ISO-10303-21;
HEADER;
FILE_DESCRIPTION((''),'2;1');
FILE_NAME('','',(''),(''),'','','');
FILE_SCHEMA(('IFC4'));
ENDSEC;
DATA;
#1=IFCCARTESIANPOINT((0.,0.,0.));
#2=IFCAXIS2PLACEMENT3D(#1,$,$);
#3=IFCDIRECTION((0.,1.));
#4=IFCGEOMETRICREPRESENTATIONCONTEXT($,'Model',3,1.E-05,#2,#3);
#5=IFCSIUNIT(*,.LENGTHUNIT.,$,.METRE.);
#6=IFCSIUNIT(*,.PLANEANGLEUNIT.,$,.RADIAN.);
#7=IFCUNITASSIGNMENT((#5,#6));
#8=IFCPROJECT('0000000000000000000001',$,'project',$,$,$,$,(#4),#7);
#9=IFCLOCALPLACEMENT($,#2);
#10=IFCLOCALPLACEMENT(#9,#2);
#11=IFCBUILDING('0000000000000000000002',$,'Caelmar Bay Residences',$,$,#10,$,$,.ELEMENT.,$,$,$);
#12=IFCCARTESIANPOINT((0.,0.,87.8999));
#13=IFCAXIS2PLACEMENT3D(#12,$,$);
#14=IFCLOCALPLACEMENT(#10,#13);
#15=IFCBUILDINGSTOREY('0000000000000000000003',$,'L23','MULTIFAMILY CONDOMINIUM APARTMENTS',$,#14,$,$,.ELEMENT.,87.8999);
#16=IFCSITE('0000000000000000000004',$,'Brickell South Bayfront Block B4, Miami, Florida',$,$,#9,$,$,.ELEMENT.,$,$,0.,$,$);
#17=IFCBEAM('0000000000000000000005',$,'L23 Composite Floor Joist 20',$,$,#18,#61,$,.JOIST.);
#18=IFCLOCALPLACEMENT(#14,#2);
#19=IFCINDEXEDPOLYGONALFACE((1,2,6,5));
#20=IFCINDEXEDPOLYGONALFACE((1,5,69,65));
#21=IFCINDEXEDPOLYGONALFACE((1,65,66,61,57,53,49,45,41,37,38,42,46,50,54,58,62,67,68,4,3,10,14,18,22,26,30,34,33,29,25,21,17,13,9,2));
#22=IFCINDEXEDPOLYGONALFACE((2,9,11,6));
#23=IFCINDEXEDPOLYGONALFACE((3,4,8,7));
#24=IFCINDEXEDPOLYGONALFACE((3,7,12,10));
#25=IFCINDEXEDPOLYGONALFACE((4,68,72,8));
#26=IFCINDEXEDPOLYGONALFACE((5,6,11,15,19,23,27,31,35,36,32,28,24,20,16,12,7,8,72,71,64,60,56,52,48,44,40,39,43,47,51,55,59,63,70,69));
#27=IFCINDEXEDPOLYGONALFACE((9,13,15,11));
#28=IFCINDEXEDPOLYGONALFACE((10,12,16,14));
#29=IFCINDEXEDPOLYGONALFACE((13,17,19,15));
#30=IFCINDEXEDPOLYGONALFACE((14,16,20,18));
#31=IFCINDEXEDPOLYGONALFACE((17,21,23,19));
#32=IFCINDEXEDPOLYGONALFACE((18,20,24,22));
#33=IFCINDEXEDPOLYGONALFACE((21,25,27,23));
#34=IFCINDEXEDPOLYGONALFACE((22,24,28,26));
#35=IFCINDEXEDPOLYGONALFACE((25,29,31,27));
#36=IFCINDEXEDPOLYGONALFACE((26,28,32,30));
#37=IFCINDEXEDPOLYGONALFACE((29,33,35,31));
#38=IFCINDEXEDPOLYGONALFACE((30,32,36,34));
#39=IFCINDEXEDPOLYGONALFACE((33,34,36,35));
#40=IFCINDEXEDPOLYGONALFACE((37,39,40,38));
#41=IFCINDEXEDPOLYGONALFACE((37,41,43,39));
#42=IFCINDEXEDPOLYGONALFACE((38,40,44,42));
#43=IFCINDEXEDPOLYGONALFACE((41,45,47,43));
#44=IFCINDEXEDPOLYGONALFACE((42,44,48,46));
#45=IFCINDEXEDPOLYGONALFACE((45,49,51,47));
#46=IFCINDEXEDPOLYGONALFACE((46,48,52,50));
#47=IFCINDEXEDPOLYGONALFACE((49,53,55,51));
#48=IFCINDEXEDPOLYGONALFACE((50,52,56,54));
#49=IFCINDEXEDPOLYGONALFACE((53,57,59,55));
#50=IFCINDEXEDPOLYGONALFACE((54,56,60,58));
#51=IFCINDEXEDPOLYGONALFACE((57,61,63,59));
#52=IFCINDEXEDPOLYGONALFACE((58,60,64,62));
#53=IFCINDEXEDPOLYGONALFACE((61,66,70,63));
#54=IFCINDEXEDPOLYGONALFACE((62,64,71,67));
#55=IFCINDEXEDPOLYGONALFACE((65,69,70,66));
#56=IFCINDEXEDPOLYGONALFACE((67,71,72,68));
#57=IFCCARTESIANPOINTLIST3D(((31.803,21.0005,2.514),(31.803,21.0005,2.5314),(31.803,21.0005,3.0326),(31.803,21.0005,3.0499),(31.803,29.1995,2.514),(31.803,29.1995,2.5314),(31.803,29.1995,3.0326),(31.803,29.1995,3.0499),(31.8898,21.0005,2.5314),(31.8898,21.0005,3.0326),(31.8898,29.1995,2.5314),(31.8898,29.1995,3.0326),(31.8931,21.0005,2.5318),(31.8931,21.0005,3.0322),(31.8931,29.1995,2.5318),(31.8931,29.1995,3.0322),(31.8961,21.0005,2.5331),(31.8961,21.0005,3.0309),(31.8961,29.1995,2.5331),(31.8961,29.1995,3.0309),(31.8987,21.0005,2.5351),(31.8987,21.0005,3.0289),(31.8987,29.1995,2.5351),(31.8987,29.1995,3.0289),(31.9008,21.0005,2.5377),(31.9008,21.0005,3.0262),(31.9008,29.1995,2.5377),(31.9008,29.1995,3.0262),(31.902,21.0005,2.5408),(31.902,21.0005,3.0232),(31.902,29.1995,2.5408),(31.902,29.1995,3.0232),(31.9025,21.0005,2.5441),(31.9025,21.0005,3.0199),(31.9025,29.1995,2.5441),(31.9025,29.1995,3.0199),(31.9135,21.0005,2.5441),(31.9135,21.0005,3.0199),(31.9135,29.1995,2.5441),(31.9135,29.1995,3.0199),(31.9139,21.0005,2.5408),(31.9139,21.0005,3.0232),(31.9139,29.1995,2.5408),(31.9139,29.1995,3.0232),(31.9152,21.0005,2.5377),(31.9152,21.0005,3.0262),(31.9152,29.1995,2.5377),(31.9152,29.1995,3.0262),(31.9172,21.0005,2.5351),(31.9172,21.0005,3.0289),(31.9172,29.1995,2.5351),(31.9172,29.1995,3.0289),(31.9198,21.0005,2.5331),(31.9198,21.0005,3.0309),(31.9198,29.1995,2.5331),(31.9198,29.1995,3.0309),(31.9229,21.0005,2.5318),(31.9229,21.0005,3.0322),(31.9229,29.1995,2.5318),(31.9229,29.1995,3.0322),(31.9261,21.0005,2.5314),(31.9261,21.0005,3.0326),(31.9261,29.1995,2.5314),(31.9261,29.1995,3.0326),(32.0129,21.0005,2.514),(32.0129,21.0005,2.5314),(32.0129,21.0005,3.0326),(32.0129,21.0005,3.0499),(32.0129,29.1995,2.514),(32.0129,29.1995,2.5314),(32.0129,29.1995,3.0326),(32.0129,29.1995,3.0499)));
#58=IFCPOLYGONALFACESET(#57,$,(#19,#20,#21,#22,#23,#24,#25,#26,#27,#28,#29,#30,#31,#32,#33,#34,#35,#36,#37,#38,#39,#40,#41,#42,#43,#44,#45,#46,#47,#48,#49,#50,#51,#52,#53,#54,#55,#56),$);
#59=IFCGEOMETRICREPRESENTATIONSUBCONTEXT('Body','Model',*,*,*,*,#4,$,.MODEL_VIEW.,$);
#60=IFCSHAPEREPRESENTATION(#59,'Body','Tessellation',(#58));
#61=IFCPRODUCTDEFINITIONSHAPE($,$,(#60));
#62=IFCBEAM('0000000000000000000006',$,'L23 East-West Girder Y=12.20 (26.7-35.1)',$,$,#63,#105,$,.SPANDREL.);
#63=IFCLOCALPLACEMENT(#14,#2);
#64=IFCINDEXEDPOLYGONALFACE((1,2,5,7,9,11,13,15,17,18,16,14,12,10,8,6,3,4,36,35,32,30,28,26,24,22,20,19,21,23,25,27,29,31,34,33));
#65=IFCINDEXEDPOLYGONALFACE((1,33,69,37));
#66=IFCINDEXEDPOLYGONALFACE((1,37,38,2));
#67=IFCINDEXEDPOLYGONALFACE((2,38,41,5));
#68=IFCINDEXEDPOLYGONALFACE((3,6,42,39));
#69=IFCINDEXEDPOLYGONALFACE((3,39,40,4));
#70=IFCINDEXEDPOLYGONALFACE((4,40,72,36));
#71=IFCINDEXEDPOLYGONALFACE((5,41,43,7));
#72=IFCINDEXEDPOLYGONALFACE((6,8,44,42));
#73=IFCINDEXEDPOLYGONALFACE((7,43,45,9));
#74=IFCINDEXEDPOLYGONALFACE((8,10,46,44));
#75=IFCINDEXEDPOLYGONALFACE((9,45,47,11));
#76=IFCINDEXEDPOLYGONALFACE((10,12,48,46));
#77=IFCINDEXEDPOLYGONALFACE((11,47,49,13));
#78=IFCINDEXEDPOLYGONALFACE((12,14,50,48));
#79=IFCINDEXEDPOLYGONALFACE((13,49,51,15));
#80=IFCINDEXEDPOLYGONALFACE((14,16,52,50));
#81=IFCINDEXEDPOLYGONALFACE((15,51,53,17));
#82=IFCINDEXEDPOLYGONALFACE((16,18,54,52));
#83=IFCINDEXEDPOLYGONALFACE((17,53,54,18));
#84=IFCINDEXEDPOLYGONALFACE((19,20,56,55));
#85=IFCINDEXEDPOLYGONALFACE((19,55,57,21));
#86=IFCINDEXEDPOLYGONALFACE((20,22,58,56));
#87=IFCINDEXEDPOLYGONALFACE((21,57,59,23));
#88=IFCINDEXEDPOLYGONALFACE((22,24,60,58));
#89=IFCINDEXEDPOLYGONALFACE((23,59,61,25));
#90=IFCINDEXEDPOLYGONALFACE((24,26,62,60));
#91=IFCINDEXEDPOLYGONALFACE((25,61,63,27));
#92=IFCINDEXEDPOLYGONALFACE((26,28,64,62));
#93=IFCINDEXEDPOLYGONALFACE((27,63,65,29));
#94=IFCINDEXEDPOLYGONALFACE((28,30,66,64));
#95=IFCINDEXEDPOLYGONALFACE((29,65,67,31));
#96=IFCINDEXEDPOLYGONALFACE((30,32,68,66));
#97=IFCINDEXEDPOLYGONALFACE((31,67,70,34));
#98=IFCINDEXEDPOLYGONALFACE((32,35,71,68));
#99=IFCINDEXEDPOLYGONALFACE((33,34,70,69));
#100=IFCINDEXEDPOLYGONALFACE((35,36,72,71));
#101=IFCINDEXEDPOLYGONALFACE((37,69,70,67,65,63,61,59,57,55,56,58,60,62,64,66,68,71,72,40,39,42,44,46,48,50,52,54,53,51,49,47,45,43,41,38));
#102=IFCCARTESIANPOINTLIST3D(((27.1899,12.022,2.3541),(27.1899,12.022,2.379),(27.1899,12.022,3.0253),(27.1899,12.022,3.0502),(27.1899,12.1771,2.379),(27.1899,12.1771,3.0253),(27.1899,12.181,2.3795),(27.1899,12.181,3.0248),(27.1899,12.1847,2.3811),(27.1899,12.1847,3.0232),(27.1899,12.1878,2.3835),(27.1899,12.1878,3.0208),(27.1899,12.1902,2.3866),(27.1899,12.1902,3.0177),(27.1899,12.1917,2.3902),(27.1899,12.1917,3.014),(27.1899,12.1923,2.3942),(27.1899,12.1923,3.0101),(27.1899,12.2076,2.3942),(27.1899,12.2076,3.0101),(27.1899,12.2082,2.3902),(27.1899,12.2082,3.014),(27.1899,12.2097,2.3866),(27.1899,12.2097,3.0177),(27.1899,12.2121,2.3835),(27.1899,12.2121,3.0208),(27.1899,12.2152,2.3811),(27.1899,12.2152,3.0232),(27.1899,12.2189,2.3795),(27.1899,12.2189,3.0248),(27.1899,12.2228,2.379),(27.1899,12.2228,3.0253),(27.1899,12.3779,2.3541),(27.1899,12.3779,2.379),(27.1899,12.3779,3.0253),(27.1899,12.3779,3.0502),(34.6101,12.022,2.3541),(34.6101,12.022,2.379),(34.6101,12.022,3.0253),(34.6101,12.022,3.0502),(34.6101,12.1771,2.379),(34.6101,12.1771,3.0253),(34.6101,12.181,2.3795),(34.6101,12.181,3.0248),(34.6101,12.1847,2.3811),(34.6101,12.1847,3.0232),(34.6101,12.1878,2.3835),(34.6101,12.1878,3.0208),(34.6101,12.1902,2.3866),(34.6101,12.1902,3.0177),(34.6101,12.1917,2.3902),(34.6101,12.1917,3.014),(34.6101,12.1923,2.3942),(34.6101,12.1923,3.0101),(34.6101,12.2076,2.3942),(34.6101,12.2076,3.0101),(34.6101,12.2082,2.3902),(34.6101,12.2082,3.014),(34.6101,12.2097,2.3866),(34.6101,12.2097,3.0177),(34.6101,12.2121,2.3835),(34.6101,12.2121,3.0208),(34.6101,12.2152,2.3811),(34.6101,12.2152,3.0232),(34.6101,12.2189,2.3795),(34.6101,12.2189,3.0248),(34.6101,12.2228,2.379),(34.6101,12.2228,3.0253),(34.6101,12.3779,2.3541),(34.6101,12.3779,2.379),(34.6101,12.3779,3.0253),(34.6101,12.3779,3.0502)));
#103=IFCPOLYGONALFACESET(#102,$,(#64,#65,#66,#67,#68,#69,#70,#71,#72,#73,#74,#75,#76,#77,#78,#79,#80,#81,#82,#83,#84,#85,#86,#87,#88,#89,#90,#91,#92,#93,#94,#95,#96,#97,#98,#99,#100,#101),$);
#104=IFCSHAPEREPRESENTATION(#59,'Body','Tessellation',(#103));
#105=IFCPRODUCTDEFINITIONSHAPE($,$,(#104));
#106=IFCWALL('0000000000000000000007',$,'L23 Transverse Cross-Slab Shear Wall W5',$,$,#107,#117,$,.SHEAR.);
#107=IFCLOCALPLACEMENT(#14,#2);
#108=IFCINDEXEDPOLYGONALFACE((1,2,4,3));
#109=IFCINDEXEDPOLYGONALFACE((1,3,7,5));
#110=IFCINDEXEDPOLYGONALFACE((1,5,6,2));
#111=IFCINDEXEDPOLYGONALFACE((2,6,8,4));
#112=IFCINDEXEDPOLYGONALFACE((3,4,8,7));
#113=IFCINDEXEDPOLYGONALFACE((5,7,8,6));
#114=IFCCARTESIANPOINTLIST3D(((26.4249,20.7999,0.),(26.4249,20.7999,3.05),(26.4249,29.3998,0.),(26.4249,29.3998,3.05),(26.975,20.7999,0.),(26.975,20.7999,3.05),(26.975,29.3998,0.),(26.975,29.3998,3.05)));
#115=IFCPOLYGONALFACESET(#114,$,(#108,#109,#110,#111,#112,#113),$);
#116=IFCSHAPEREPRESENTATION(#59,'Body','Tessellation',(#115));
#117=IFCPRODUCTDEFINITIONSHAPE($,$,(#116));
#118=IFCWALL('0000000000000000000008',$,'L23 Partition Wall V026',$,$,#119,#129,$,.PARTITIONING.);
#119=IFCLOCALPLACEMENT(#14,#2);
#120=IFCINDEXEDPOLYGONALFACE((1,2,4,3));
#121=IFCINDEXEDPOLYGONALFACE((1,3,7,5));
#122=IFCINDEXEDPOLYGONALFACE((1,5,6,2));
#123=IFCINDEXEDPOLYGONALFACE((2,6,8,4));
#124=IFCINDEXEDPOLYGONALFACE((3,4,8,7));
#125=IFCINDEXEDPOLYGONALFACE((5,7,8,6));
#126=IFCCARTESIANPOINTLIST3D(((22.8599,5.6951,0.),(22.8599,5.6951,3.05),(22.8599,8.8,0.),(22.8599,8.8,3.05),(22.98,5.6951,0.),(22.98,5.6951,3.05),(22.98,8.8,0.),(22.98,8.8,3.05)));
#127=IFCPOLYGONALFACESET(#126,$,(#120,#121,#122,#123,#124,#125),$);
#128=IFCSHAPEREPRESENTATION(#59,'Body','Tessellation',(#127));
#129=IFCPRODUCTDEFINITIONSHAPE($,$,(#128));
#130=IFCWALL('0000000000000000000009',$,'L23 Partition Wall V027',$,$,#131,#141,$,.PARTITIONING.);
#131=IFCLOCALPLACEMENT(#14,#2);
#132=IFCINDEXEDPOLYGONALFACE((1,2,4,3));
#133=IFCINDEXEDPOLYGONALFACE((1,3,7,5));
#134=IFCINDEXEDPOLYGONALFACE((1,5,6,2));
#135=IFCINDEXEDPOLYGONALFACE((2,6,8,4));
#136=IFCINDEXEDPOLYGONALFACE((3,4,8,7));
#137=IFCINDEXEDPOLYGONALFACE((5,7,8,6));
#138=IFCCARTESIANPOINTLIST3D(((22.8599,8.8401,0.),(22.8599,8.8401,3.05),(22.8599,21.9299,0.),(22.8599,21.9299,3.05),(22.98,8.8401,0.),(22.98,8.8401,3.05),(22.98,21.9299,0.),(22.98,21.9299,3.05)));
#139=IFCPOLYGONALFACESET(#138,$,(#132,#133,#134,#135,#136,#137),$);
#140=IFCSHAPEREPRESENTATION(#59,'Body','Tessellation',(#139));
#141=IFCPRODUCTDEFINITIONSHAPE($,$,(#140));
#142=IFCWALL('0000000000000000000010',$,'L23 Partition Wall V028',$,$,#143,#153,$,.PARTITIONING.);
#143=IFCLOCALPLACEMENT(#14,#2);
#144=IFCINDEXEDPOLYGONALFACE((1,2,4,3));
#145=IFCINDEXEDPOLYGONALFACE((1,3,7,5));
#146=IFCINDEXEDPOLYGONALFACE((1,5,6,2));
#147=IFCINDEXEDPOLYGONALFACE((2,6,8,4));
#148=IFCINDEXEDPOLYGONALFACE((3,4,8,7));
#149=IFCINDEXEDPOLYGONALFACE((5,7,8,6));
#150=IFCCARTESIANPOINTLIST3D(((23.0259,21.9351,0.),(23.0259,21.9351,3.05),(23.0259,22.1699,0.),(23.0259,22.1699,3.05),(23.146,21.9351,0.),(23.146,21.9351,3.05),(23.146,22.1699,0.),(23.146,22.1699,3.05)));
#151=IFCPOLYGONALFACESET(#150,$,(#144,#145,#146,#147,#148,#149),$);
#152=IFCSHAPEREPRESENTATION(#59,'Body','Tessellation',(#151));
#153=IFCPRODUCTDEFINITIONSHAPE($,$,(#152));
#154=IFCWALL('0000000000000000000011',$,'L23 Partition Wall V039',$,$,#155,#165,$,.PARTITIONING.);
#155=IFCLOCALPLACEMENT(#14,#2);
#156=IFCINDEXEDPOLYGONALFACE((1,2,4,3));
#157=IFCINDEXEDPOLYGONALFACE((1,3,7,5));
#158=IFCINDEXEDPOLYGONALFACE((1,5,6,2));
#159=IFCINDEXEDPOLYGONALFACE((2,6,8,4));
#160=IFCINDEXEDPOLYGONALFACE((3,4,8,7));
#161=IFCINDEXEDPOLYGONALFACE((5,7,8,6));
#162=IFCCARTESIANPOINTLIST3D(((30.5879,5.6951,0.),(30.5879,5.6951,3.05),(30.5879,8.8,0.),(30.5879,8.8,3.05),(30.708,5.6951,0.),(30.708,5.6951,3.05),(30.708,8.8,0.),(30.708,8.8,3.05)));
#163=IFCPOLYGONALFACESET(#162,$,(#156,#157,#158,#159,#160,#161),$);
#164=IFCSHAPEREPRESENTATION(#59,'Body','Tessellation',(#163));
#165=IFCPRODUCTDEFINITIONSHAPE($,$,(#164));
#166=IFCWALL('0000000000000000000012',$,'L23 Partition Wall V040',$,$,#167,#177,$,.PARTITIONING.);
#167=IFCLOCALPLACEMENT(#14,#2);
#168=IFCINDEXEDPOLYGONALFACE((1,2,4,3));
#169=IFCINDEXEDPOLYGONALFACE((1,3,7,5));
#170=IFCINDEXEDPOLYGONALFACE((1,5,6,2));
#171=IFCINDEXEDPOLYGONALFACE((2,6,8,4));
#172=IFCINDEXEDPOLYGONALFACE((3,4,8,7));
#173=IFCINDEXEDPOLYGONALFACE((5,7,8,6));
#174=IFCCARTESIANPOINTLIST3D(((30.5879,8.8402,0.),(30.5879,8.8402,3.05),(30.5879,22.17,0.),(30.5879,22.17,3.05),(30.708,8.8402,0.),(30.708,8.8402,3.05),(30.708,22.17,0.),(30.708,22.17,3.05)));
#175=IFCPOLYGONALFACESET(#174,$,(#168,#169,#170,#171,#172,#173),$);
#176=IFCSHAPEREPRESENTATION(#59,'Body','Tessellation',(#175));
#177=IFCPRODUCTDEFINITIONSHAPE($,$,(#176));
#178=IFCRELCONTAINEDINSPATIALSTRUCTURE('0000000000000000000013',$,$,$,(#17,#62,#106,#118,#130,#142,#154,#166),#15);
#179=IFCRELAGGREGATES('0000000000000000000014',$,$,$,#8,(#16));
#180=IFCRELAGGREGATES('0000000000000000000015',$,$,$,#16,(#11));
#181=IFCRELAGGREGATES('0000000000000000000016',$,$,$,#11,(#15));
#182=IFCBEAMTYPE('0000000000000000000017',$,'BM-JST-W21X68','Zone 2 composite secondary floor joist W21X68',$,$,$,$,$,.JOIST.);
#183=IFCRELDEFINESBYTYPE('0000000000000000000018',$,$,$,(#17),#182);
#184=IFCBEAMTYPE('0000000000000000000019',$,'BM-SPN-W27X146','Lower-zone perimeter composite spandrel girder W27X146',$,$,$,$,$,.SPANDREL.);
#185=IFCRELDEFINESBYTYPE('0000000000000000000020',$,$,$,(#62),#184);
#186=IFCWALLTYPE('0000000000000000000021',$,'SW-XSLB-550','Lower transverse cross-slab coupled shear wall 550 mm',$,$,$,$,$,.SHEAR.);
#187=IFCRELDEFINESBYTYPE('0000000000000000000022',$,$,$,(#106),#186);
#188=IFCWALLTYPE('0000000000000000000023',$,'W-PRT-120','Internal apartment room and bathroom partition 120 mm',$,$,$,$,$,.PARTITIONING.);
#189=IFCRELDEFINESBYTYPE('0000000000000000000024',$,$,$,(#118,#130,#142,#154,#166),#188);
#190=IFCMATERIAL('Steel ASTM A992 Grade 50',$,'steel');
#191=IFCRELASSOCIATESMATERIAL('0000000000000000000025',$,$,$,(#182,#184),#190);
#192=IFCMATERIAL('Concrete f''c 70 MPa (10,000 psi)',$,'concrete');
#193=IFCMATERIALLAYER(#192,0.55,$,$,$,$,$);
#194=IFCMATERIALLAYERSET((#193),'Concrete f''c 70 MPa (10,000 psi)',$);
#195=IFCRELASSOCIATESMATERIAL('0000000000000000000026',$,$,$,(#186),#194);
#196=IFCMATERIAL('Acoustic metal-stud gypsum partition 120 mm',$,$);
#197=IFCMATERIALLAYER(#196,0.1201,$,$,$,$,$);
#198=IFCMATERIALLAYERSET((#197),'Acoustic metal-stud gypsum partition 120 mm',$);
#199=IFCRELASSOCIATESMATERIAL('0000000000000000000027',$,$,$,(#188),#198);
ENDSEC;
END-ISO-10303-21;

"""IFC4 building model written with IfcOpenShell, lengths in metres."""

from ifc_helpers import new_model, si_unit, direction, frame, frame_2d, origin, origin_2d, place, context, subcontext, project, spatial, rectangle, i_section, extrude, material, layer, layer_set, material_profile, profile_set, type_object, element, save


model = new_model("IFC4")

# Units and contexts
model_context = context("Model", 3, precision=1e-05, world=origin(), true_north=direction((0.0, 1.0)))
body_context = subcontext(model_context, "Body", "Model", "MODEL_VIEW")
ifc_project = project(units=[si_unit("LENGTHUNIT", "METRE"), si_unit("PLANEANGLEUNIT", "RADIAN")], contexts=[model_context])

# Site, building, storey
site_placement = place(None, origin())
site = spatial("IfcSite", under=ifc_project, at=site_placement, Name="Brickell South Bayfront Block B4, Miami, Florida", CompositionType="ELEMENT", RefElevation=0.0)
building_placement = place(site_placement, origin())
building = spatial("IfcBuilding", under=site, at=building_placement, Name="Caelmar Bay Residences", CompositionType="ELEMENT")
storey_placement = place(building_placement, frame((0.0, 0.0, 87.8999)))
storey = spatial("IfcBuildingStorey", under=building, at=storey_placement, Name="L23", Description="MULTIFAMILY CONDOMINIUM APARTMENTS", CompositionType="ELEMENT", Elevation=87.8999)

# Shared definitions
ifc_material_1 = material(Name="Concrete f'c 70 MPa (10,000 psi)", Category="concrete")

# Beams
ifc_material_2 = material(Name="Steel ASTM A992 Grade 50", Category="steel")
ifc_material_profile_1 = material_profile(ifc_material_2, i_section(OverallWidth=0.21, OverallDepth=0.5359, WebThickness=0.011, FlangeThickness=0.0173, FilletRadius=0.0127, at=origin_2d()), Name="W21X68")
ifc_profile_set_1 = profile_set([ifc_material_profile_1], Name="Steel ASTM A992 Grade 50")
beam_type_1 = type_object("IfcBeamType", Name="BM-JST-W21X68", Description="Zone 2 composite secondary floor joist W21X68", PredefinedType="JOIST", material=ifc_profile_set_1)
for number, where, z_axis, x_axis, name in (
    (1, (31.908, 21.0005, 2.782), (0.0, 1.0, 0.0), (-1.0, 0.0, 0.0), "L23 Composite Floor Joist 20"),
):
    element("IfcBeam", number, at=place(storey_placement, frame(where, z_axis=z_axis, x_axis=x_axis)), inside=storey, type_object=beam_type_1, Name=name, PredefinedType="JOIST", context=body_context, shape_type="SweptSolid", body=[
        extrude(i_section(OverallWidth=0.21, OverallDepth=0.5359, WebThickness=0.011, FlangeThickness=0.0173, FilletRadius=0.0127, at=origin_2d()), origin(), (0.0, 0.0, 1.0), 8.199),
    ])
ifc_material_profile_2 = material_profile(ifc_material_2, i_section(OverallWidth=0.356, OverallDepth=0.696, WebThickness=0.0154, FlangeThickness=0.0249, FilletRadius=0.0151, at=origin_2d()), Name="W27X146")
ifc_profile_set_2 = profile_set([ifc_material_profile_2], Name="Steel ASTM A992 Grade 50")
beam_type_2 = type_object("IfcBeamType", Name="BM-SPN-W27X146", Description="Lower-zone perimeter composite spandrel girder W27X146", PredefinedType="SPANDREL", material=ifc_profile_set_2)
beam_1_placement = place(storey_placement, frame((27.1899, 12.2, 2.7021), z_axis=(1.0, 0.0, 0.0), x_axis=(0.0, 1.0, 0.0)))
element("IfcBeam", 2, at=beam_1_placement, inside=storey, type_object=beam_type_2, Name="L23 East-West Girder Y=12.20 (26.7-35.1)", PredefinedType="SPANDREL", context=body_context, shape_type="SweptSolid", body=[
    extrude(i_section(OverallWidth=0.356, OverallDepth=0.696, WebThickness=0.0154, FlangeThickness=0.0249, FilletRadius=0.0151, at=origin_2d()), origin(), (0.0, 0.0, 1.0), 7.4202),
])

# Walls
ifc_layer_1 = layer(ifc_material_1, 0.55)
ifc_layer_set_1 = layer_set([ifc_layer_1], Name="Concrete f'c 70 MPa (10,000 psi)")
wall_type_1 = type_object("IfcWallType", Name="SW-XSLB-550", Description="Lower transverse cross-slab coupled shear wall 550 mm", PredefinedType="SHEAR", material=ifc_layer_set_1)
wall_1_placement = place(storey_placement, frame((26.7, 20.8, 0.0), z_axis=(0.0, 0.0, 1.0), x_axis=(0.0, 1.0, 0.0)))
element("IfcWall", 3, at=wall_1_placement, inside=storey, type_object=wall_type_1, Name="L23 Transverse Cross-Slab Shear Wall W5", PredefinedType="SHEAR", context=body_context, shape_type="SweptSolid", body=[
    extrude(rectangle(XDim=8.5999, YDim=0.55, at=frame_2d((4.2998, 0.0))), origin(), (0.0, 0.0, 1.0), 3.05),
])
ifc_material_3 = material(Name="Acoustic metal-stud gypsum partition 120 mm")
ifc_layer_2 = layer(ifc_material_3, 0.1201)
ifc_layer_set_2 = layer_set([ifc_layer_2], Name="Acoustic metal-stud gypsum partition 120 mm")
wall_type_2 = type_object("IfcWallType", Name="W-PRT-120", Description="Internal apartment room and bathroom partition 120 mm", PredefinedType="PARTITIONING", material=ifc_layer_set_2)
wall_2_placement = place(storey_placement, frame((22.9199, 5.6951, 0.0), z_axis=(0.0, 0.0, 1.0), x_axis=(0.0, 1.0, 0.0)))
element("IfcWall", 4, at=wall_2_placement, inside=storey, type_object=wall_type_2, Name="L23 Partition Wall V026", PredefinedType="PARTITIONING", context=body_context, shape_type="SweptSolid", body=[
    extrude(rectangle(XDim=3.105, YDim=0.1201, at=frame_2d((1.5525, 0.0))), origin(), (0.0, 0.0, 1.0), 3.05),
])
wall_3_placement = place(storey_placement, frame((22.9199, 8.8401, 0.0), z_axis=(0.0, 0.0, 1.0), x_axis=(0.0, 1.0, 0.0)))
element("IfcWall", 5, at=wall_3_placement, inside=storey, type_object=wall_type_2, Name="L23 Partition Wall V027", PredefinedType="PARTITIONING", context=body_context, shape_type="SweptSolid", body=[
    extrude(rectangle(XDim=13.0898, YDim=0.1201, at=frame_2d((6.5449, 0.0))), origin(), (0.0, 0.0, 1.0), 3.05),
])
wall_4_placement = place(storey_placement, frame((23.0859, 21.9351, 0.0), z_axis=(0.0, 0.0, 1.0), x_axis=(0.0, 1.0, 0.0)))
element("IfcWall", 6, at=wall_4_placement, inside=storey, type_object=wall_type_2, Name="L23 Partition Wall V028", PredefinedType="PARTITIONING", context=body_context, shape_type="SweptSolid", body=[
    extrude(rectangle(XDim=0.2349, YDim=0.1201, at=frame_2d((0.1174, 0.0))), origin(), (0.0, 0.0, 1.0), 3.05),
])
wall_5_placement = place(storey_placement, frame((30.6479, 5.6951, 0.0), z_axis=(0.0, 0.0, 1.0), x_axis=(0.0, 1.0, 0.0)))
element("IfcWall", 7, at=wall_5_placement, inside=storey, type_object=wall_type_2, Name="L23 Partition Wall V039", PredefinedType="PARTITIONING", context=body_context, shape_type="SweptSolid", body=[
    extrude(rectangle(XDim=3.105, YDim=0.1201, at=frame_2d((1.5525, 0.0))), origin(), (0.0, 0.0, 1.0), 3.05),
])
wall_6_placement = place(storey_placement, frame((30.6479, 8.8401, 0.0), z_axis=(0.0, 0.0, 1.0), x_axis=(0.0, 1.0, 0.0)))
element("IfcWall", 8, at=wall_6_placement, inside=storey, type_object=wall_type_2, Name="L23 Partition Wall V040", PredefinedType="PARTITIONING", context=body_context, shape_type="SweptSolid", body=[
    extrude(rectangle(XDim=13.3298, YDim=0.1201, at=frame_2d((6.665, 0.0))), origin(), (0.0, 0.0, 1.0), 3.05),
])

save(model, "model.ifc")
